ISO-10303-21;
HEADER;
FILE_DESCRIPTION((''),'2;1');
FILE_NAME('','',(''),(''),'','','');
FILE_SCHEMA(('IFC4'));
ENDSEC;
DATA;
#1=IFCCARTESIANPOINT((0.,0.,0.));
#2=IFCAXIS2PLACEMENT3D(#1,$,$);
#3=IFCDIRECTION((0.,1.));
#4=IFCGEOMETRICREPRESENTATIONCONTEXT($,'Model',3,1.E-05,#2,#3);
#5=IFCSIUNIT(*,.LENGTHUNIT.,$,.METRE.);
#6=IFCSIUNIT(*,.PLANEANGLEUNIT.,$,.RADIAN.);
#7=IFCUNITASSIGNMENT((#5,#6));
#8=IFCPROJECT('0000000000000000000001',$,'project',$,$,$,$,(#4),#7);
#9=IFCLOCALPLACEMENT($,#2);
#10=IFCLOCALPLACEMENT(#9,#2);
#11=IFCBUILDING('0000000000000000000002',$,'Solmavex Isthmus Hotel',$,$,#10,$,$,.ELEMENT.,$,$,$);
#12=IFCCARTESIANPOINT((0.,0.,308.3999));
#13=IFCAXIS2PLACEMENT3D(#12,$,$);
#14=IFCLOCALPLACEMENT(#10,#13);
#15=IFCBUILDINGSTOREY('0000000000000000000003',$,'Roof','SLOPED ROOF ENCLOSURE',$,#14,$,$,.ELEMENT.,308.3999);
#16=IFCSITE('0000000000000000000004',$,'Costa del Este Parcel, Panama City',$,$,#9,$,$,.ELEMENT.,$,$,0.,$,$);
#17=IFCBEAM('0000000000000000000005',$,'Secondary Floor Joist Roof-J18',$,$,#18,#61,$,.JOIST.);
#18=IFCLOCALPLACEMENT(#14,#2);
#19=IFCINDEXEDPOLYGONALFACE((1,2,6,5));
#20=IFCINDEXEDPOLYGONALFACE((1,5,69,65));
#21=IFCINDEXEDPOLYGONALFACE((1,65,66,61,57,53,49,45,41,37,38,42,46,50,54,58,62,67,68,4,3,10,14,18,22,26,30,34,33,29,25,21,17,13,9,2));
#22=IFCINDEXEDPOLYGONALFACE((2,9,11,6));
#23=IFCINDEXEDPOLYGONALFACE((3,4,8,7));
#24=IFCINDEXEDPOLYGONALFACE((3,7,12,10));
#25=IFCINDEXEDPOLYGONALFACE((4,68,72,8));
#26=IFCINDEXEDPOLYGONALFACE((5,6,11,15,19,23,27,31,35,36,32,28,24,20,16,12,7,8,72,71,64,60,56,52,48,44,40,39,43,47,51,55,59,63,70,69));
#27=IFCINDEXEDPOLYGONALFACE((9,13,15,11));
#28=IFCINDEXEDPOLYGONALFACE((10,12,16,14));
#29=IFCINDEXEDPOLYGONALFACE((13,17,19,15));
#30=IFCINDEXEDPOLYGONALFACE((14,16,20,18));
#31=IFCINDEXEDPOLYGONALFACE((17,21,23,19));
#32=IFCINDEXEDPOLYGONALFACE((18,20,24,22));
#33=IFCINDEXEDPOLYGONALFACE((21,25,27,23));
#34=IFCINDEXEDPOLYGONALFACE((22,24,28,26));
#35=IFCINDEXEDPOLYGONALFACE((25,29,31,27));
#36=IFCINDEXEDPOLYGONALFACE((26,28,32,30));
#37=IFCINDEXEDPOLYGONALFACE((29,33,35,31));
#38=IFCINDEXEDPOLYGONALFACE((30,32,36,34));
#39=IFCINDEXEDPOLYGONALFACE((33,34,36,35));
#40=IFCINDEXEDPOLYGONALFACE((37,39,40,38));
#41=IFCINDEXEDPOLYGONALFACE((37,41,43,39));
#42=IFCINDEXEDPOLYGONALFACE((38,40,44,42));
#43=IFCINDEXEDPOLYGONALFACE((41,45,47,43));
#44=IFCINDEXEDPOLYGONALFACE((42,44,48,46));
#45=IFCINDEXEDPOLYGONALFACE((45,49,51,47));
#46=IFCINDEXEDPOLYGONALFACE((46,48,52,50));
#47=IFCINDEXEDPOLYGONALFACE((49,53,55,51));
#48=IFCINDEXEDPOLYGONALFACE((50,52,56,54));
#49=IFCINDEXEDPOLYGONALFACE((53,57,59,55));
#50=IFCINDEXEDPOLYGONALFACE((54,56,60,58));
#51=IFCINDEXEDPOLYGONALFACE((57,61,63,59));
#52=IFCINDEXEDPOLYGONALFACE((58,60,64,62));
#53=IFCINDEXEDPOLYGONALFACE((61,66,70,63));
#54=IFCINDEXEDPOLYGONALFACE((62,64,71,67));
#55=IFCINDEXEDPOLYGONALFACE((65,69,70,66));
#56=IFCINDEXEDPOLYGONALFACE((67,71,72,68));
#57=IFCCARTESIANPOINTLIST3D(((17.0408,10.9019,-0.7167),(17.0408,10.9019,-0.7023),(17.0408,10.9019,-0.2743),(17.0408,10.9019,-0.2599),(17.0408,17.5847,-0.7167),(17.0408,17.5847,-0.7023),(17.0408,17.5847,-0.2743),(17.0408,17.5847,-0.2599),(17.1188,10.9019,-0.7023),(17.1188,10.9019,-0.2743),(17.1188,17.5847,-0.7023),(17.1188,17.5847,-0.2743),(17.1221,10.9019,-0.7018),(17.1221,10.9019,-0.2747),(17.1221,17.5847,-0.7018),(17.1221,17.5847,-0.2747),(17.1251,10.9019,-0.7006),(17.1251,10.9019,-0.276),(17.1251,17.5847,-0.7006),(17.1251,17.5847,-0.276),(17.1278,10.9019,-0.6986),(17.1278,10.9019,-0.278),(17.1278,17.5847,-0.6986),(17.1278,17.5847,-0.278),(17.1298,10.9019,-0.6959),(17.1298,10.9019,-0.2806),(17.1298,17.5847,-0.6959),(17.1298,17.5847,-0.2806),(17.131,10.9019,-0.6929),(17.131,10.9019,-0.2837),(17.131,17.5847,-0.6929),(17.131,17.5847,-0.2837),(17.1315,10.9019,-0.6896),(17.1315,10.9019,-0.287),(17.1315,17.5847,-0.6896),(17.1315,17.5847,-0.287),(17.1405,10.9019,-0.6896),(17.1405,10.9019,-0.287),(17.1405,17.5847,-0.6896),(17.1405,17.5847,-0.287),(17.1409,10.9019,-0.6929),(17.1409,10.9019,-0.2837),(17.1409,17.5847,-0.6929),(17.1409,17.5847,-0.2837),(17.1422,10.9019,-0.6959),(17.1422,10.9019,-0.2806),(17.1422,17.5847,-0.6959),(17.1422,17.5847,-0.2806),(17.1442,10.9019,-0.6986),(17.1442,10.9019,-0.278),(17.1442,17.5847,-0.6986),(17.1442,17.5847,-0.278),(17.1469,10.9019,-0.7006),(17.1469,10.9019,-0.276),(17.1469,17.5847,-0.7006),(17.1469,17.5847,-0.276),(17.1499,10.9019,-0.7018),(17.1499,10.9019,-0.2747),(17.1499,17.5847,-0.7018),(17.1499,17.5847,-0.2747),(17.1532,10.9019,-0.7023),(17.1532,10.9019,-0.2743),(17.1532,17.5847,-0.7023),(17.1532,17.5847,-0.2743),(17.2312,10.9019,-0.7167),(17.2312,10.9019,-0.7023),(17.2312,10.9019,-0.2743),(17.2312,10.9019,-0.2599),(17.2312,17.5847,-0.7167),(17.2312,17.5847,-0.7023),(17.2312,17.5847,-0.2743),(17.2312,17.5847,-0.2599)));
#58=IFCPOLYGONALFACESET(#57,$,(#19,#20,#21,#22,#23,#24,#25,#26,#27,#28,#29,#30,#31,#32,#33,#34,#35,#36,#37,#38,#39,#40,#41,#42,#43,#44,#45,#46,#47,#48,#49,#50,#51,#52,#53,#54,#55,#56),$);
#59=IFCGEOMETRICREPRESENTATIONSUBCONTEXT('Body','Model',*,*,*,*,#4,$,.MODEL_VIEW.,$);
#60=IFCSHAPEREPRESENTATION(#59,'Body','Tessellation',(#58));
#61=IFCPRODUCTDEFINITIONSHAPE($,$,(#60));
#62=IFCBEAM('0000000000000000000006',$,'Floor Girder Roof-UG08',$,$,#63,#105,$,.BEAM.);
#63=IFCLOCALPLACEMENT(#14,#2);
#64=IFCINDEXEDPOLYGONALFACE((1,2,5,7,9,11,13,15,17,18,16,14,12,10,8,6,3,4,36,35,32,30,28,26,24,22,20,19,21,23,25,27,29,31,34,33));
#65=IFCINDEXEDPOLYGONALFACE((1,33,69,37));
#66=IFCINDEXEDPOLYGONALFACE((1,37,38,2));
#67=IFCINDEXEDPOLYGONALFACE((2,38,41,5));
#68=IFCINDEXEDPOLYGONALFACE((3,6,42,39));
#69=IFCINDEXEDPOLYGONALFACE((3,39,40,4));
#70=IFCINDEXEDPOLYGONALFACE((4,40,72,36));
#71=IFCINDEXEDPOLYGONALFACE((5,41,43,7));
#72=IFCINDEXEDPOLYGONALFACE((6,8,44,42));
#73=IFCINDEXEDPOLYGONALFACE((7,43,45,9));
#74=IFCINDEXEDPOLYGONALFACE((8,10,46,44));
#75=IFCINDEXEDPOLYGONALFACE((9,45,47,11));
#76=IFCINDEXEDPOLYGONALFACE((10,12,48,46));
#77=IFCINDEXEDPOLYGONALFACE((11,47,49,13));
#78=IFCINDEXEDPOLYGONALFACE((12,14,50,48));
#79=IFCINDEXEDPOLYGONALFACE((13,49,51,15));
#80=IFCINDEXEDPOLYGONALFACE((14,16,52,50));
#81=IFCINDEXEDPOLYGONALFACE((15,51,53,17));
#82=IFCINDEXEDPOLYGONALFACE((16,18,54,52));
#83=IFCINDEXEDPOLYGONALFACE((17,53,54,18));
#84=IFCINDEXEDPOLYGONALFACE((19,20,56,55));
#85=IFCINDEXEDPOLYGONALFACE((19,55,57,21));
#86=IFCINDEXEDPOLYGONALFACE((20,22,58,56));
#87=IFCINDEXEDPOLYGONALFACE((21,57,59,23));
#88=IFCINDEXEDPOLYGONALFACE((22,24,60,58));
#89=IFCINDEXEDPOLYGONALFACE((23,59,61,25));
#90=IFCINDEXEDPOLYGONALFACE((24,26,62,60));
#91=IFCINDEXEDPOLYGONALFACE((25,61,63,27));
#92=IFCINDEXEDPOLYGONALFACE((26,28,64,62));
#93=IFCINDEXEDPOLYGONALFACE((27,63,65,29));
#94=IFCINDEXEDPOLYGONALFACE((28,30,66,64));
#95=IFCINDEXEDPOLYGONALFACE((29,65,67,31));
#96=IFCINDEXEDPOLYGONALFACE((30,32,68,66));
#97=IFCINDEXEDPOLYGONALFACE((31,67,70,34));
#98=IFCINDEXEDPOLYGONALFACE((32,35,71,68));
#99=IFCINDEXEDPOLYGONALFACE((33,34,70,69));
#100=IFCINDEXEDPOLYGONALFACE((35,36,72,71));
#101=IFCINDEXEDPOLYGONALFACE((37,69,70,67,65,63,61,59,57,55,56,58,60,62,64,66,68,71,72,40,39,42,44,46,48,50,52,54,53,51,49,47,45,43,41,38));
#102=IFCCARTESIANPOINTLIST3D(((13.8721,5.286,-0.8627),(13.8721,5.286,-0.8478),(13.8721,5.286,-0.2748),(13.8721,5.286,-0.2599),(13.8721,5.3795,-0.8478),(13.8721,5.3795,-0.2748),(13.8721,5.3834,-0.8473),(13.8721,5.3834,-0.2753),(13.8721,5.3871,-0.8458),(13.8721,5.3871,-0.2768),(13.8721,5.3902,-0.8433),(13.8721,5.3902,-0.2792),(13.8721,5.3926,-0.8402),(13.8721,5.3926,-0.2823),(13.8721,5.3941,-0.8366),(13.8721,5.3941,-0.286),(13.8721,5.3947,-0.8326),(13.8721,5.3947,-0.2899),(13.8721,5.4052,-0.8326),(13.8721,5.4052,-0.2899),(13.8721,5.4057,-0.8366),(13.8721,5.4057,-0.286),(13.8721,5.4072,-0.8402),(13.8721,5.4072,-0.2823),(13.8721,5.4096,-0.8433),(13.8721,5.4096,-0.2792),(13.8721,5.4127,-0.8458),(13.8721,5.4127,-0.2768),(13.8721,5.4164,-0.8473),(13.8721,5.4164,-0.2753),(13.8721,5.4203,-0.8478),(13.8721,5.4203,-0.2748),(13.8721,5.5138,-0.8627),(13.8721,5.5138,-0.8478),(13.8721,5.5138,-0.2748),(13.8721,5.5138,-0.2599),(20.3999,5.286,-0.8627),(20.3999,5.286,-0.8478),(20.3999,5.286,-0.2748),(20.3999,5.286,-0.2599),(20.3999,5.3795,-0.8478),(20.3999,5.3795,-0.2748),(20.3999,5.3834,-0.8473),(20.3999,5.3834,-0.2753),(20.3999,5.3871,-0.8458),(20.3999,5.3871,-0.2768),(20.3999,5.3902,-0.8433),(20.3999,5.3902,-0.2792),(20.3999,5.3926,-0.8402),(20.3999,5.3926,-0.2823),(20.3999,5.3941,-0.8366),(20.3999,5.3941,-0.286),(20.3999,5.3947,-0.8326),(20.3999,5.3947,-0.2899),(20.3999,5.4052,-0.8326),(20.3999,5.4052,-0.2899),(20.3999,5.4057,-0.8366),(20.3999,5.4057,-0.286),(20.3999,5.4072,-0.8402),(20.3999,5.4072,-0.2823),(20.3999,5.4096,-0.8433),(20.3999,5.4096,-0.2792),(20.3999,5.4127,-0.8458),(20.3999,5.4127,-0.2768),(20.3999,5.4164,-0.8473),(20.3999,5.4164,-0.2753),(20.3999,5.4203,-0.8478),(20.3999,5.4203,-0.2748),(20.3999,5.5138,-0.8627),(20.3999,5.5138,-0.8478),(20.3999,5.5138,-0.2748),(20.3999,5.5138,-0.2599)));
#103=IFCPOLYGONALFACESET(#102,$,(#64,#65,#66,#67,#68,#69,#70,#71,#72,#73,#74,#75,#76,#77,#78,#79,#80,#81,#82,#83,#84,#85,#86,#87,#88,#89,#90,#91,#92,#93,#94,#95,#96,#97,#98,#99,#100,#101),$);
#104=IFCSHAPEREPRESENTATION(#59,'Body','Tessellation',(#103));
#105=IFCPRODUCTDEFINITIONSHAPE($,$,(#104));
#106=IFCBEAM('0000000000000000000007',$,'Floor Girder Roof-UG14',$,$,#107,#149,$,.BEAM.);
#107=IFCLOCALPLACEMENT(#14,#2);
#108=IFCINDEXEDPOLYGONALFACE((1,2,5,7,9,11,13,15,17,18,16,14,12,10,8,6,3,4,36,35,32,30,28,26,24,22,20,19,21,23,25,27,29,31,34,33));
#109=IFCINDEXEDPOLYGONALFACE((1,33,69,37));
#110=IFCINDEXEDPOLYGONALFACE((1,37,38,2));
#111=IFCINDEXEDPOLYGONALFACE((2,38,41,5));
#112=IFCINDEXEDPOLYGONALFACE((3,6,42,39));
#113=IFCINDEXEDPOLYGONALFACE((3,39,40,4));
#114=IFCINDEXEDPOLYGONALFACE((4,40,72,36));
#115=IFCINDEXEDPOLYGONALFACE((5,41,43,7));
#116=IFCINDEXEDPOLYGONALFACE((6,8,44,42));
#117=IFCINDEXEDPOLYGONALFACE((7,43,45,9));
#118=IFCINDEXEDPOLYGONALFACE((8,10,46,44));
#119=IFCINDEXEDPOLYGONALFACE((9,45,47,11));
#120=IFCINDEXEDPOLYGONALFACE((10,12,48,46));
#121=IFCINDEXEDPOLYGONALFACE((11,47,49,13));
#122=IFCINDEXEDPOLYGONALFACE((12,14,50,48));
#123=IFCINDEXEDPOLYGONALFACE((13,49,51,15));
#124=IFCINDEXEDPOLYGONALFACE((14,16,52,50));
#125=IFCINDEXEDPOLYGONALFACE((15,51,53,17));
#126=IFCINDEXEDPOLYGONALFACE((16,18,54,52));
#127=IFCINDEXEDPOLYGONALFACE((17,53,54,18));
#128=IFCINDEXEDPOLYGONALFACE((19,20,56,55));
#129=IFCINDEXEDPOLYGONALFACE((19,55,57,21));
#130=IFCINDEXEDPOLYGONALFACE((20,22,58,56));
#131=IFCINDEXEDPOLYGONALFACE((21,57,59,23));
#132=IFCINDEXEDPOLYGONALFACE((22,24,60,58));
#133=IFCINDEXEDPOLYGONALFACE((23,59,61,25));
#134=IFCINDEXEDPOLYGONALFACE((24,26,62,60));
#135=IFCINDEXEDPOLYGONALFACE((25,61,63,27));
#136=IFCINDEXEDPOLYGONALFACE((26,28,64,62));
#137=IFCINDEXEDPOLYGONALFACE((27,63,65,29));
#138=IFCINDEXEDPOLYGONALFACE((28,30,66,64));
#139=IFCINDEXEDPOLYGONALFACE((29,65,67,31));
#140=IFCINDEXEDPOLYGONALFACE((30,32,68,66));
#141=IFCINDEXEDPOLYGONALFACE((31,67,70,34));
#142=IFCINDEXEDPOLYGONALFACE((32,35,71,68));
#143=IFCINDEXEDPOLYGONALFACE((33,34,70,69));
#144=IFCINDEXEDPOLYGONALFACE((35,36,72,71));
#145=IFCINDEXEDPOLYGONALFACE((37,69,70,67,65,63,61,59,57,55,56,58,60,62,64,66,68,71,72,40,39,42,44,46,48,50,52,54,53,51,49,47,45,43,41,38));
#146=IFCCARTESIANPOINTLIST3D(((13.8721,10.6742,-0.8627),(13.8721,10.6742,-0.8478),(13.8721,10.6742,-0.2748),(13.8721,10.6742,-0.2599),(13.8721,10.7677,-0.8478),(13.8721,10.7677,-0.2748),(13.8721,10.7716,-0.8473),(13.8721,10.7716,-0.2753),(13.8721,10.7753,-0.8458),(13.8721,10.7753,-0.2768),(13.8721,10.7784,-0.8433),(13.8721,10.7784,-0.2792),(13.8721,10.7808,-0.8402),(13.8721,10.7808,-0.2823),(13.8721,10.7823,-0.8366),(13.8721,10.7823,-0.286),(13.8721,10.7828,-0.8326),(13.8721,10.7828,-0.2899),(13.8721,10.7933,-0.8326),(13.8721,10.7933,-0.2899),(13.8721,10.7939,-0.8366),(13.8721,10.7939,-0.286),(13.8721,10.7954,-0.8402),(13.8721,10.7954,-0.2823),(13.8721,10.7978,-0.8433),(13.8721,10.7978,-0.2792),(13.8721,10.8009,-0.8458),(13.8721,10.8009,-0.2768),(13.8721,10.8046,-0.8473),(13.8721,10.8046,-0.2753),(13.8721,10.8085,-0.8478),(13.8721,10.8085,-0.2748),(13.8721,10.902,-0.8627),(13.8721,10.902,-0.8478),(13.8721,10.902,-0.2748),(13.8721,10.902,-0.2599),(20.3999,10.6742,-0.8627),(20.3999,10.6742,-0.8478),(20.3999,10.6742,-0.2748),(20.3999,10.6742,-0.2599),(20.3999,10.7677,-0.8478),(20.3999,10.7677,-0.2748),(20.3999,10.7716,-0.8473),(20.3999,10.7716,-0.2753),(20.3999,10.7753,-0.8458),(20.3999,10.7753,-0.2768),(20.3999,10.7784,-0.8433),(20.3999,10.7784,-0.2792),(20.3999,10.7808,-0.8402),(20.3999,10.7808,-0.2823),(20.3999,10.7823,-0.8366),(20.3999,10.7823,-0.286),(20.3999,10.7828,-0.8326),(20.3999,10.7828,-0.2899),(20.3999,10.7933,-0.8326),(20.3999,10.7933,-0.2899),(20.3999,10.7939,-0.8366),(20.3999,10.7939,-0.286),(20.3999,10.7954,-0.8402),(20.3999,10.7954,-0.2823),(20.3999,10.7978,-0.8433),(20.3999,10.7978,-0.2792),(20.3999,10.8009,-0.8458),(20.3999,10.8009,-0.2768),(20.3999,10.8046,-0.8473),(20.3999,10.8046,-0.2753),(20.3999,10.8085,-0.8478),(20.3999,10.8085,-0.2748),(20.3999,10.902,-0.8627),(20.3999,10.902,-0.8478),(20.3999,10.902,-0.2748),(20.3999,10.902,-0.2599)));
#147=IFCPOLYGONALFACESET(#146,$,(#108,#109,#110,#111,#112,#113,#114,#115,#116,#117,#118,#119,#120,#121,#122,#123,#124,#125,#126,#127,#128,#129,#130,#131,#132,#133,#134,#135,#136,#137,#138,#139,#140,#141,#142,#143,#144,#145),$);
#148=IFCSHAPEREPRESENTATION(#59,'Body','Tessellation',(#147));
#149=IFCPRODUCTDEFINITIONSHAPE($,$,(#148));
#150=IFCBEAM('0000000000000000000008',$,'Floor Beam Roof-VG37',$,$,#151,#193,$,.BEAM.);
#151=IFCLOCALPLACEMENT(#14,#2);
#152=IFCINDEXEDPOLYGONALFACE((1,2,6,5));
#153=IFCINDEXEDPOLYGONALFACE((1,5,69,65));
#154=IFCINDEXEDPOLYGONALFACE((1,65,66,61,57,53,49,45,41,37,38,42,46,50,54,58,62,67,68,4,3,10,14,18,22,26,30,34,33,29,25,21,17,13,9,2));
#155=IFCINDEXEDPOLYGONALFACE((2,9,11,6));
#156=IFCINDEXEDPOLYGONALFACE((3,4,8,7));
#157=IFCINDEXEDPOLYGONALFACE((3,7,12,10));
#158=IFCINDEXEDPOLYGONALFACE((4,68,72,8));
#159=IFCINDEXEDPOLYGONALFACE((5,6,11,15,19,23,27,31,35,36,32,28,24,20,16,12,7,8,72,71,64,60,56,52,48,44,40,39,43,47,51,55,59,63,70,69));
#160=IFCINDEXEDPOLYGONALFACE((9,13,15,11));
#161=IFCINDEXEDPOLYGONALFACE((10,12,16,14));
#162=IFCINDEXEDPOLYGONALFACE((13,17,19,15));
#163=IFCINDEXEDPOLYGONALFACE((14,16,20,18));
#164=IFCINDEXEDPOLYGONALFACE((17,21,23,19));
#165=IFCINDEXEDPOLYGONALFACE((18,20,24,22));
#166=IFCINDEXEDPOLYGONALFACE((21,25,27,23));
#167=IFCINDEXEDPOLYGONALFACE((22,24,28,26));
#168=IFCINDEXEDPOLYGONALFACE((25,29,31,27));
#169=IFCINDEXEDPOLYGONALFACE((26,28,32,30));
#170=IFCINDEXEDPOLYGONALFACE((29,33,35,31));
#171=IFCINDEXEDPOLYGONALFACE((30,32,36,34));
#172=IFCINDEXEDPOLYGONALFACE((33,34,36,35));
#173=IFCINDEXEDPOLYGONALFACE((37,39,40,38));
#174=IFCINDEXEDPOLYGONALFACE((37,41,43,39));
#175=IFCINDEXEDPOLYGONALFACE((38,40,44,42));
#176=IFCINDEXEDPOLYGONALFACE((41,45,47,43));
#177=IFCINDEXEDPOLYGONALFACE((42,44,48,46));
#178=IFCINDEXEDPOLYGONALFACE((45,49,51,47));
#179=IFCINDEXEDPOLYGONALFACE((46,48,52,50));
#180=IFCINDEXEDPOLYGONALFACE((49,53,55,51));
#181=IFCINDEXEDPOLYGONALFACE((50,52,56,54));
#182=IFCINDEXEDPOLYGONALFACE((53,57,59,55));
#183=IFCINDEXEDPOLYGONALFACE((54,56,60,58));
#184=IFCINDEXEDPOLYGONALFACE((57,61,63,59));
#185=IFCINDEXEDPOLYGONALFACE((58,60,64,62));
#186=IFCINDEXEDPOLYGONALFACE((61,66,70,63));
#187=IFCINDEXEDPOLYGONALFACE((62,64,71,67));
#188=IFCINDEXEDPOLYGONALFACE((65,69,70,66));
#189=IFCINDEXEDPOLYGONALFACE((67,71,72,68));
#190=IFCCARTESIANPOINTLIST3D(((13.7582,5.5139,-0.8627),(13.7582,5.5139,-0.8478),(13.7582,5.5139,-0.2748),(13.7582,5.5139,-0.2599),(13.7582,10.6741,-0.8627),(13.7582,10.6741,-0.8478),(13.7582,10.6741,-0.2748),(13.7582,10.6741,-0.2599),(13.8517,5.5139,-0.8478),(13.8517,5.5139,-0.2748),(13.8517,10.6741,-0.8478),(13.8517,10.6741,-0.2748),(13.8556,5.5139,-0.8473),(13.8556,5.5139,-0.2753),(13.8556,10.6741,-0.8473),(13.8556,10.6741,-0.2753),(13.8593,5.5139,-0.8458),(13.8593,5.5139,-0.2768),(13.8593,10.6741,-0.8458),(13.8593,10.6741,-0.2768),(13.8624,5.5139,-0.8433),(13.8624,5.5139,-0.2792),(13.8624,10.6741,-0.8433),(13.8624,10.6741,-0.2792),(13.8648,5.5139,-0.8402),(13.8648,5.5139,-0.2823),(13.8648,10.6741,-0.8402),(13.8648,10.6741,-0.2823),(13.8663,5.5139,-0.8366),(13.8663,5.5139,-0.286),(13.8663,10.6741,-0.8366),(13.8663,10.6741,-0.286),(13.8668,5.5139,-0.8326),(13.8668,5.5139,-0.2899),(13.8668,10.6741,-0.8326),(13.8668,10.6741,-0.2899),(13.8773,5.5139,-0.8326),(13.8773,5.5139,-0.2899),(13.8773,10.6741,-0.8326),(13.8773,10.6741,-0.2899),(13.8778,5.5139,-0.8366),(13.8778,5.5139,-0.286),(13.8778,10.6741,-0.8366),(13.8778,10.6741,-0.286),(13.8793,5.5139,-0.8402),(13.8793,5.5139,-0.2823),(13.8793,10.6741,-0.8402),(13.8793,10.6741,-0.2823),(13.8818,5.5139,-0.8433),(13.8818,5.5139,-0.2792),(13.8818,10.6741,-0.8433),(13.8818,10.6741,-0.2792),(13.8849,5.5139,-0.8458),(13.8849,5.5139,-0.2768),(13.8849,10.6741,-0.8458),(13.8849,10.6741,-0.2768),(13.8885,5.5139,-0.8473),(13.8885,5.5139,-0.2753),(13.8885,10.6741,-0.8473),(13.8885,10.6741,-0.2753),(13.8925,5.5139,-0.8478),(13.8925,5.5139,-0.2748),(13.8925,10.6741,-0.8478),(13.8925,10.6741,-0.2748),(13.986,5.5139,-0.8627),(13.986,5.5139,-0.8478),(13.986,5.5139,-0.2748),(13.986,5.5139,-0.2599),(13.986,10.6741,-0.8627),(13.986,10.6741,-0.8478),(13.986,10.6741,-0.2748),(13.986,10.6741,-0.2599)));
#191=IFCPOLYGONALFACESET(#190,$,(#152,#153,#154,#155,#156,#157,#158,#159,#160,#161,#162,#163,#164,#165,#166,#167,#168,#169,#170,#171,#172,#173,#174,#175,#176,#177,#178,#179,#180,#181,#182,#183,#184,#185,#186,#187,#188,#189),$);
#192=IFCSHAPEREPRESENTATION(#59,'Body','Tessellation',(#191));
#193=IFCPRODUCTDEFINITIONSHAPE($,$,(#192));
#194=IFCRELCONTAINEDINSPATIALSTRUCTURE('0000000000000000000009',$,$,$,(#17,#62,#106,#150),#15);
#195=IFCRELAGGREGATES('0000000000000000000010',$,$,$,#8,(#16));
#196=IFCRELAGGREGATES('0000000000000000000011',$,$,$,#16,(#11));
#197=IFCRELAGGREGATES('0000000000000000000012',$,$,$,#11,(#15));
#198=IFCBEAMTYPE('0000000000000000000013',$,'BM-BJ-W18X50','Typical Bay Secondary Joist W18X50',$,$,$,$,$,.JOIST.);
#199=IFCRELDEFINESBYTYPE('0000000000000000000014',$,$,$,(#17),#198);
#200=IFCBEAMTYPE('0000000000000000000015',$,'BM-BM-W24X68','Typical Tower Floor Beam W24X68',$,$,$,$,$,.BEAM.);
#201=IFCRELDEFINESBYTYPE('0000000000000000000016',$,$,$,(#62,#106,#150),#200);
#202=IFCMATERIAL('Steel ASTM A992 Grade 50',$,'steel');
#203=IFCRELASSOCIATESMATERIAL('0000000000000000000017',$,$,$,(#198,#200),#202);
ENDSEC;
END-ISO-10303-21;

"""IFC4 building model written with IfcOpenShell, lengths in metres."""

from ifc_helpers import new_model, si_unit, direction, frame, origin, origin_2d, place, context, subcontext, project, spatial, i_section, extrude, material, material_profile, profile_set, type_object, element, save


model = new_model("IFC4")

# Units and contexts
model_context = context("Model", 3, precision=1e-05, world=origin(), true_north=direction((0.0, 1.0)))
body_context = subcontext(model_context, "Body", "Model", "MODEL_VIEW")
ifc_project = project(units=[si_unit("LENGTHUNIT", "METRE"), si_unit("PLANEANGLEUNIT", "RADIAN")], contexts=[model_context])

# Site, building, storey
site_placement = place(None, origin())
site = spatial("IfcSite", under=ifc_project, at=site_placement, Name="Costa del Este Parcel, Panama City", CompositionType="ELEMENT", RefElevation=0.0)
building_placement = place(site_placement, origin())
building = spatial("IfcBuilding", under=site, at=building_placement, Name="Solmavex Isthmus Hotel", CompositionType="ELEMENT")
storey_placement = place(building_placement, frame((0.0, 0.0, 308.3999)))
storey = spatial("IfcBuildingStorey", under=building, at=storey_placement, Name="Roof", Description="SLOPED ROOF ENCLOSURE", CompositionType="ELEMENT", Elevation=308.3999)

# Beams
ifc_material_1 = material(Name="Steel ASTM A992 Grade 50", Category="steel")
ifc_material_profile_1 = material_profile(ifc_material_1, i_section(OverallWidth=0.1904, OverallDepth=0.4568, WebThickness=0.009, FlangeThickness=0.0144, FilletRadius=0.0127, at=origin_2d()), Name="W18X50")
ifc_profile_set_1 = profile_set([ifc_material_profile_1], Name="Steel ASTM A992 Grade 50")
beam_type_1 = type_object("IfcBeamType", Name="BM-BJ-W18X50", Description="Typical Bay Secondary Joist W18X50", PredefinedType="JOIST", material=ifc_profile_set_1)
beam_1_placement = place(storey_placement, frame((17.136, 10.9019, -0.4883), z_axis=(0.0, 1.0, 0.0), x_axis=(-1.0, 0.0, 0.0)))
element("IfcBeam", 1, at=beam_1_placement, inside=storey, type_object=beam_type_1, Name="Secondary Floor Joist Roof-J18", PredefinedType="JOIST", context=body_context, shape_type="SweptSolid", body=[
    extrude(i_section(OverallWidth=0.1904, OverallDepth=0.4568, WebThickness=0.009, FlangeThickness=0.0144, FilletRadius=0.0127, at=origin_2d()), origin(), (0.0, 0.0, 1.0), 6.6829),
])
ifc_material_profile_2 = material_profile(ifc_material_1, i_section(OverallWidth=0.2278, OverallDepth=0.6028, WebThickness=0.0105, FlangeThickness=0.0149, FilletRadius=0.0151, at=origin_2d()), Name="W24X68")
ifc_profile_set_2 = profile_set([ifc_material_profile_2], Name="Steel ASTM A992 Grade 50")
beam_type_2 = type_object("IfcBeamType", Name="BM-BM-W24X68", Description="Typical Tower Floor Beam W24X68", PredefinedType="BEAM", material=ifc_profile_set_2)
for number, where, z_axis, x_axis, name in (
    (2, (13.8721, 5.3999, -0.5613), (1.0, 0.0, 0.0), (0.0, 1.0, 0.0), "Floor Girder Roof-UG08"),
    (3, (13.8721, 10.7881, -0.5613), (1.0, 0.0, 0.0), (0.0, 1.0, 0.0), "Floor Girder Roof-UG14"),
):
    element("IfcBeam", number, at=place(storey_placement, frame(where, z_axis=z_axis, x_axis=x_axis)), inside=storey, type_object=beam_type_2, Name=name, PredefinedType="BEAM", context=body_context, shape_type="SweptSolid", body=[
        extrude(i_section(OverallWidth=0.2278, OverallDepth=0.6028, WebThickness=0.0105, FlangeThickness=0.0149, FilletRadius=0.0151, at=origin_2d()), origin(), (0.0, 0.0, 1.0), 6.5278),
    ])
beam_2_placement = place(storey_placement, frame((13.8721, 5.5139, -0.5613), z_axis=(0.0, 1.0, 0.0), x_axis=(-1.0, 0.0, 0.0)))
element("IfcBeam", 4, at=beam_2_placement, inside=storey, type_object=beam_type_2, Name="Floor Beam Roof-VG37", PredefinedType="BEAM", context=body_context, shape_type="SweptSolid", body=[
    extrude(i_section(OverallWidth=0.2278, OverallDepth=0.6028, WebThickness=0.0105, FlangeThickness=0.0149, FilletRadius=0.0151, at=origin_2d()), origin(), (0.0, 0.0, 1.0), 5.1602),
])

save(model, "model.ifc")
